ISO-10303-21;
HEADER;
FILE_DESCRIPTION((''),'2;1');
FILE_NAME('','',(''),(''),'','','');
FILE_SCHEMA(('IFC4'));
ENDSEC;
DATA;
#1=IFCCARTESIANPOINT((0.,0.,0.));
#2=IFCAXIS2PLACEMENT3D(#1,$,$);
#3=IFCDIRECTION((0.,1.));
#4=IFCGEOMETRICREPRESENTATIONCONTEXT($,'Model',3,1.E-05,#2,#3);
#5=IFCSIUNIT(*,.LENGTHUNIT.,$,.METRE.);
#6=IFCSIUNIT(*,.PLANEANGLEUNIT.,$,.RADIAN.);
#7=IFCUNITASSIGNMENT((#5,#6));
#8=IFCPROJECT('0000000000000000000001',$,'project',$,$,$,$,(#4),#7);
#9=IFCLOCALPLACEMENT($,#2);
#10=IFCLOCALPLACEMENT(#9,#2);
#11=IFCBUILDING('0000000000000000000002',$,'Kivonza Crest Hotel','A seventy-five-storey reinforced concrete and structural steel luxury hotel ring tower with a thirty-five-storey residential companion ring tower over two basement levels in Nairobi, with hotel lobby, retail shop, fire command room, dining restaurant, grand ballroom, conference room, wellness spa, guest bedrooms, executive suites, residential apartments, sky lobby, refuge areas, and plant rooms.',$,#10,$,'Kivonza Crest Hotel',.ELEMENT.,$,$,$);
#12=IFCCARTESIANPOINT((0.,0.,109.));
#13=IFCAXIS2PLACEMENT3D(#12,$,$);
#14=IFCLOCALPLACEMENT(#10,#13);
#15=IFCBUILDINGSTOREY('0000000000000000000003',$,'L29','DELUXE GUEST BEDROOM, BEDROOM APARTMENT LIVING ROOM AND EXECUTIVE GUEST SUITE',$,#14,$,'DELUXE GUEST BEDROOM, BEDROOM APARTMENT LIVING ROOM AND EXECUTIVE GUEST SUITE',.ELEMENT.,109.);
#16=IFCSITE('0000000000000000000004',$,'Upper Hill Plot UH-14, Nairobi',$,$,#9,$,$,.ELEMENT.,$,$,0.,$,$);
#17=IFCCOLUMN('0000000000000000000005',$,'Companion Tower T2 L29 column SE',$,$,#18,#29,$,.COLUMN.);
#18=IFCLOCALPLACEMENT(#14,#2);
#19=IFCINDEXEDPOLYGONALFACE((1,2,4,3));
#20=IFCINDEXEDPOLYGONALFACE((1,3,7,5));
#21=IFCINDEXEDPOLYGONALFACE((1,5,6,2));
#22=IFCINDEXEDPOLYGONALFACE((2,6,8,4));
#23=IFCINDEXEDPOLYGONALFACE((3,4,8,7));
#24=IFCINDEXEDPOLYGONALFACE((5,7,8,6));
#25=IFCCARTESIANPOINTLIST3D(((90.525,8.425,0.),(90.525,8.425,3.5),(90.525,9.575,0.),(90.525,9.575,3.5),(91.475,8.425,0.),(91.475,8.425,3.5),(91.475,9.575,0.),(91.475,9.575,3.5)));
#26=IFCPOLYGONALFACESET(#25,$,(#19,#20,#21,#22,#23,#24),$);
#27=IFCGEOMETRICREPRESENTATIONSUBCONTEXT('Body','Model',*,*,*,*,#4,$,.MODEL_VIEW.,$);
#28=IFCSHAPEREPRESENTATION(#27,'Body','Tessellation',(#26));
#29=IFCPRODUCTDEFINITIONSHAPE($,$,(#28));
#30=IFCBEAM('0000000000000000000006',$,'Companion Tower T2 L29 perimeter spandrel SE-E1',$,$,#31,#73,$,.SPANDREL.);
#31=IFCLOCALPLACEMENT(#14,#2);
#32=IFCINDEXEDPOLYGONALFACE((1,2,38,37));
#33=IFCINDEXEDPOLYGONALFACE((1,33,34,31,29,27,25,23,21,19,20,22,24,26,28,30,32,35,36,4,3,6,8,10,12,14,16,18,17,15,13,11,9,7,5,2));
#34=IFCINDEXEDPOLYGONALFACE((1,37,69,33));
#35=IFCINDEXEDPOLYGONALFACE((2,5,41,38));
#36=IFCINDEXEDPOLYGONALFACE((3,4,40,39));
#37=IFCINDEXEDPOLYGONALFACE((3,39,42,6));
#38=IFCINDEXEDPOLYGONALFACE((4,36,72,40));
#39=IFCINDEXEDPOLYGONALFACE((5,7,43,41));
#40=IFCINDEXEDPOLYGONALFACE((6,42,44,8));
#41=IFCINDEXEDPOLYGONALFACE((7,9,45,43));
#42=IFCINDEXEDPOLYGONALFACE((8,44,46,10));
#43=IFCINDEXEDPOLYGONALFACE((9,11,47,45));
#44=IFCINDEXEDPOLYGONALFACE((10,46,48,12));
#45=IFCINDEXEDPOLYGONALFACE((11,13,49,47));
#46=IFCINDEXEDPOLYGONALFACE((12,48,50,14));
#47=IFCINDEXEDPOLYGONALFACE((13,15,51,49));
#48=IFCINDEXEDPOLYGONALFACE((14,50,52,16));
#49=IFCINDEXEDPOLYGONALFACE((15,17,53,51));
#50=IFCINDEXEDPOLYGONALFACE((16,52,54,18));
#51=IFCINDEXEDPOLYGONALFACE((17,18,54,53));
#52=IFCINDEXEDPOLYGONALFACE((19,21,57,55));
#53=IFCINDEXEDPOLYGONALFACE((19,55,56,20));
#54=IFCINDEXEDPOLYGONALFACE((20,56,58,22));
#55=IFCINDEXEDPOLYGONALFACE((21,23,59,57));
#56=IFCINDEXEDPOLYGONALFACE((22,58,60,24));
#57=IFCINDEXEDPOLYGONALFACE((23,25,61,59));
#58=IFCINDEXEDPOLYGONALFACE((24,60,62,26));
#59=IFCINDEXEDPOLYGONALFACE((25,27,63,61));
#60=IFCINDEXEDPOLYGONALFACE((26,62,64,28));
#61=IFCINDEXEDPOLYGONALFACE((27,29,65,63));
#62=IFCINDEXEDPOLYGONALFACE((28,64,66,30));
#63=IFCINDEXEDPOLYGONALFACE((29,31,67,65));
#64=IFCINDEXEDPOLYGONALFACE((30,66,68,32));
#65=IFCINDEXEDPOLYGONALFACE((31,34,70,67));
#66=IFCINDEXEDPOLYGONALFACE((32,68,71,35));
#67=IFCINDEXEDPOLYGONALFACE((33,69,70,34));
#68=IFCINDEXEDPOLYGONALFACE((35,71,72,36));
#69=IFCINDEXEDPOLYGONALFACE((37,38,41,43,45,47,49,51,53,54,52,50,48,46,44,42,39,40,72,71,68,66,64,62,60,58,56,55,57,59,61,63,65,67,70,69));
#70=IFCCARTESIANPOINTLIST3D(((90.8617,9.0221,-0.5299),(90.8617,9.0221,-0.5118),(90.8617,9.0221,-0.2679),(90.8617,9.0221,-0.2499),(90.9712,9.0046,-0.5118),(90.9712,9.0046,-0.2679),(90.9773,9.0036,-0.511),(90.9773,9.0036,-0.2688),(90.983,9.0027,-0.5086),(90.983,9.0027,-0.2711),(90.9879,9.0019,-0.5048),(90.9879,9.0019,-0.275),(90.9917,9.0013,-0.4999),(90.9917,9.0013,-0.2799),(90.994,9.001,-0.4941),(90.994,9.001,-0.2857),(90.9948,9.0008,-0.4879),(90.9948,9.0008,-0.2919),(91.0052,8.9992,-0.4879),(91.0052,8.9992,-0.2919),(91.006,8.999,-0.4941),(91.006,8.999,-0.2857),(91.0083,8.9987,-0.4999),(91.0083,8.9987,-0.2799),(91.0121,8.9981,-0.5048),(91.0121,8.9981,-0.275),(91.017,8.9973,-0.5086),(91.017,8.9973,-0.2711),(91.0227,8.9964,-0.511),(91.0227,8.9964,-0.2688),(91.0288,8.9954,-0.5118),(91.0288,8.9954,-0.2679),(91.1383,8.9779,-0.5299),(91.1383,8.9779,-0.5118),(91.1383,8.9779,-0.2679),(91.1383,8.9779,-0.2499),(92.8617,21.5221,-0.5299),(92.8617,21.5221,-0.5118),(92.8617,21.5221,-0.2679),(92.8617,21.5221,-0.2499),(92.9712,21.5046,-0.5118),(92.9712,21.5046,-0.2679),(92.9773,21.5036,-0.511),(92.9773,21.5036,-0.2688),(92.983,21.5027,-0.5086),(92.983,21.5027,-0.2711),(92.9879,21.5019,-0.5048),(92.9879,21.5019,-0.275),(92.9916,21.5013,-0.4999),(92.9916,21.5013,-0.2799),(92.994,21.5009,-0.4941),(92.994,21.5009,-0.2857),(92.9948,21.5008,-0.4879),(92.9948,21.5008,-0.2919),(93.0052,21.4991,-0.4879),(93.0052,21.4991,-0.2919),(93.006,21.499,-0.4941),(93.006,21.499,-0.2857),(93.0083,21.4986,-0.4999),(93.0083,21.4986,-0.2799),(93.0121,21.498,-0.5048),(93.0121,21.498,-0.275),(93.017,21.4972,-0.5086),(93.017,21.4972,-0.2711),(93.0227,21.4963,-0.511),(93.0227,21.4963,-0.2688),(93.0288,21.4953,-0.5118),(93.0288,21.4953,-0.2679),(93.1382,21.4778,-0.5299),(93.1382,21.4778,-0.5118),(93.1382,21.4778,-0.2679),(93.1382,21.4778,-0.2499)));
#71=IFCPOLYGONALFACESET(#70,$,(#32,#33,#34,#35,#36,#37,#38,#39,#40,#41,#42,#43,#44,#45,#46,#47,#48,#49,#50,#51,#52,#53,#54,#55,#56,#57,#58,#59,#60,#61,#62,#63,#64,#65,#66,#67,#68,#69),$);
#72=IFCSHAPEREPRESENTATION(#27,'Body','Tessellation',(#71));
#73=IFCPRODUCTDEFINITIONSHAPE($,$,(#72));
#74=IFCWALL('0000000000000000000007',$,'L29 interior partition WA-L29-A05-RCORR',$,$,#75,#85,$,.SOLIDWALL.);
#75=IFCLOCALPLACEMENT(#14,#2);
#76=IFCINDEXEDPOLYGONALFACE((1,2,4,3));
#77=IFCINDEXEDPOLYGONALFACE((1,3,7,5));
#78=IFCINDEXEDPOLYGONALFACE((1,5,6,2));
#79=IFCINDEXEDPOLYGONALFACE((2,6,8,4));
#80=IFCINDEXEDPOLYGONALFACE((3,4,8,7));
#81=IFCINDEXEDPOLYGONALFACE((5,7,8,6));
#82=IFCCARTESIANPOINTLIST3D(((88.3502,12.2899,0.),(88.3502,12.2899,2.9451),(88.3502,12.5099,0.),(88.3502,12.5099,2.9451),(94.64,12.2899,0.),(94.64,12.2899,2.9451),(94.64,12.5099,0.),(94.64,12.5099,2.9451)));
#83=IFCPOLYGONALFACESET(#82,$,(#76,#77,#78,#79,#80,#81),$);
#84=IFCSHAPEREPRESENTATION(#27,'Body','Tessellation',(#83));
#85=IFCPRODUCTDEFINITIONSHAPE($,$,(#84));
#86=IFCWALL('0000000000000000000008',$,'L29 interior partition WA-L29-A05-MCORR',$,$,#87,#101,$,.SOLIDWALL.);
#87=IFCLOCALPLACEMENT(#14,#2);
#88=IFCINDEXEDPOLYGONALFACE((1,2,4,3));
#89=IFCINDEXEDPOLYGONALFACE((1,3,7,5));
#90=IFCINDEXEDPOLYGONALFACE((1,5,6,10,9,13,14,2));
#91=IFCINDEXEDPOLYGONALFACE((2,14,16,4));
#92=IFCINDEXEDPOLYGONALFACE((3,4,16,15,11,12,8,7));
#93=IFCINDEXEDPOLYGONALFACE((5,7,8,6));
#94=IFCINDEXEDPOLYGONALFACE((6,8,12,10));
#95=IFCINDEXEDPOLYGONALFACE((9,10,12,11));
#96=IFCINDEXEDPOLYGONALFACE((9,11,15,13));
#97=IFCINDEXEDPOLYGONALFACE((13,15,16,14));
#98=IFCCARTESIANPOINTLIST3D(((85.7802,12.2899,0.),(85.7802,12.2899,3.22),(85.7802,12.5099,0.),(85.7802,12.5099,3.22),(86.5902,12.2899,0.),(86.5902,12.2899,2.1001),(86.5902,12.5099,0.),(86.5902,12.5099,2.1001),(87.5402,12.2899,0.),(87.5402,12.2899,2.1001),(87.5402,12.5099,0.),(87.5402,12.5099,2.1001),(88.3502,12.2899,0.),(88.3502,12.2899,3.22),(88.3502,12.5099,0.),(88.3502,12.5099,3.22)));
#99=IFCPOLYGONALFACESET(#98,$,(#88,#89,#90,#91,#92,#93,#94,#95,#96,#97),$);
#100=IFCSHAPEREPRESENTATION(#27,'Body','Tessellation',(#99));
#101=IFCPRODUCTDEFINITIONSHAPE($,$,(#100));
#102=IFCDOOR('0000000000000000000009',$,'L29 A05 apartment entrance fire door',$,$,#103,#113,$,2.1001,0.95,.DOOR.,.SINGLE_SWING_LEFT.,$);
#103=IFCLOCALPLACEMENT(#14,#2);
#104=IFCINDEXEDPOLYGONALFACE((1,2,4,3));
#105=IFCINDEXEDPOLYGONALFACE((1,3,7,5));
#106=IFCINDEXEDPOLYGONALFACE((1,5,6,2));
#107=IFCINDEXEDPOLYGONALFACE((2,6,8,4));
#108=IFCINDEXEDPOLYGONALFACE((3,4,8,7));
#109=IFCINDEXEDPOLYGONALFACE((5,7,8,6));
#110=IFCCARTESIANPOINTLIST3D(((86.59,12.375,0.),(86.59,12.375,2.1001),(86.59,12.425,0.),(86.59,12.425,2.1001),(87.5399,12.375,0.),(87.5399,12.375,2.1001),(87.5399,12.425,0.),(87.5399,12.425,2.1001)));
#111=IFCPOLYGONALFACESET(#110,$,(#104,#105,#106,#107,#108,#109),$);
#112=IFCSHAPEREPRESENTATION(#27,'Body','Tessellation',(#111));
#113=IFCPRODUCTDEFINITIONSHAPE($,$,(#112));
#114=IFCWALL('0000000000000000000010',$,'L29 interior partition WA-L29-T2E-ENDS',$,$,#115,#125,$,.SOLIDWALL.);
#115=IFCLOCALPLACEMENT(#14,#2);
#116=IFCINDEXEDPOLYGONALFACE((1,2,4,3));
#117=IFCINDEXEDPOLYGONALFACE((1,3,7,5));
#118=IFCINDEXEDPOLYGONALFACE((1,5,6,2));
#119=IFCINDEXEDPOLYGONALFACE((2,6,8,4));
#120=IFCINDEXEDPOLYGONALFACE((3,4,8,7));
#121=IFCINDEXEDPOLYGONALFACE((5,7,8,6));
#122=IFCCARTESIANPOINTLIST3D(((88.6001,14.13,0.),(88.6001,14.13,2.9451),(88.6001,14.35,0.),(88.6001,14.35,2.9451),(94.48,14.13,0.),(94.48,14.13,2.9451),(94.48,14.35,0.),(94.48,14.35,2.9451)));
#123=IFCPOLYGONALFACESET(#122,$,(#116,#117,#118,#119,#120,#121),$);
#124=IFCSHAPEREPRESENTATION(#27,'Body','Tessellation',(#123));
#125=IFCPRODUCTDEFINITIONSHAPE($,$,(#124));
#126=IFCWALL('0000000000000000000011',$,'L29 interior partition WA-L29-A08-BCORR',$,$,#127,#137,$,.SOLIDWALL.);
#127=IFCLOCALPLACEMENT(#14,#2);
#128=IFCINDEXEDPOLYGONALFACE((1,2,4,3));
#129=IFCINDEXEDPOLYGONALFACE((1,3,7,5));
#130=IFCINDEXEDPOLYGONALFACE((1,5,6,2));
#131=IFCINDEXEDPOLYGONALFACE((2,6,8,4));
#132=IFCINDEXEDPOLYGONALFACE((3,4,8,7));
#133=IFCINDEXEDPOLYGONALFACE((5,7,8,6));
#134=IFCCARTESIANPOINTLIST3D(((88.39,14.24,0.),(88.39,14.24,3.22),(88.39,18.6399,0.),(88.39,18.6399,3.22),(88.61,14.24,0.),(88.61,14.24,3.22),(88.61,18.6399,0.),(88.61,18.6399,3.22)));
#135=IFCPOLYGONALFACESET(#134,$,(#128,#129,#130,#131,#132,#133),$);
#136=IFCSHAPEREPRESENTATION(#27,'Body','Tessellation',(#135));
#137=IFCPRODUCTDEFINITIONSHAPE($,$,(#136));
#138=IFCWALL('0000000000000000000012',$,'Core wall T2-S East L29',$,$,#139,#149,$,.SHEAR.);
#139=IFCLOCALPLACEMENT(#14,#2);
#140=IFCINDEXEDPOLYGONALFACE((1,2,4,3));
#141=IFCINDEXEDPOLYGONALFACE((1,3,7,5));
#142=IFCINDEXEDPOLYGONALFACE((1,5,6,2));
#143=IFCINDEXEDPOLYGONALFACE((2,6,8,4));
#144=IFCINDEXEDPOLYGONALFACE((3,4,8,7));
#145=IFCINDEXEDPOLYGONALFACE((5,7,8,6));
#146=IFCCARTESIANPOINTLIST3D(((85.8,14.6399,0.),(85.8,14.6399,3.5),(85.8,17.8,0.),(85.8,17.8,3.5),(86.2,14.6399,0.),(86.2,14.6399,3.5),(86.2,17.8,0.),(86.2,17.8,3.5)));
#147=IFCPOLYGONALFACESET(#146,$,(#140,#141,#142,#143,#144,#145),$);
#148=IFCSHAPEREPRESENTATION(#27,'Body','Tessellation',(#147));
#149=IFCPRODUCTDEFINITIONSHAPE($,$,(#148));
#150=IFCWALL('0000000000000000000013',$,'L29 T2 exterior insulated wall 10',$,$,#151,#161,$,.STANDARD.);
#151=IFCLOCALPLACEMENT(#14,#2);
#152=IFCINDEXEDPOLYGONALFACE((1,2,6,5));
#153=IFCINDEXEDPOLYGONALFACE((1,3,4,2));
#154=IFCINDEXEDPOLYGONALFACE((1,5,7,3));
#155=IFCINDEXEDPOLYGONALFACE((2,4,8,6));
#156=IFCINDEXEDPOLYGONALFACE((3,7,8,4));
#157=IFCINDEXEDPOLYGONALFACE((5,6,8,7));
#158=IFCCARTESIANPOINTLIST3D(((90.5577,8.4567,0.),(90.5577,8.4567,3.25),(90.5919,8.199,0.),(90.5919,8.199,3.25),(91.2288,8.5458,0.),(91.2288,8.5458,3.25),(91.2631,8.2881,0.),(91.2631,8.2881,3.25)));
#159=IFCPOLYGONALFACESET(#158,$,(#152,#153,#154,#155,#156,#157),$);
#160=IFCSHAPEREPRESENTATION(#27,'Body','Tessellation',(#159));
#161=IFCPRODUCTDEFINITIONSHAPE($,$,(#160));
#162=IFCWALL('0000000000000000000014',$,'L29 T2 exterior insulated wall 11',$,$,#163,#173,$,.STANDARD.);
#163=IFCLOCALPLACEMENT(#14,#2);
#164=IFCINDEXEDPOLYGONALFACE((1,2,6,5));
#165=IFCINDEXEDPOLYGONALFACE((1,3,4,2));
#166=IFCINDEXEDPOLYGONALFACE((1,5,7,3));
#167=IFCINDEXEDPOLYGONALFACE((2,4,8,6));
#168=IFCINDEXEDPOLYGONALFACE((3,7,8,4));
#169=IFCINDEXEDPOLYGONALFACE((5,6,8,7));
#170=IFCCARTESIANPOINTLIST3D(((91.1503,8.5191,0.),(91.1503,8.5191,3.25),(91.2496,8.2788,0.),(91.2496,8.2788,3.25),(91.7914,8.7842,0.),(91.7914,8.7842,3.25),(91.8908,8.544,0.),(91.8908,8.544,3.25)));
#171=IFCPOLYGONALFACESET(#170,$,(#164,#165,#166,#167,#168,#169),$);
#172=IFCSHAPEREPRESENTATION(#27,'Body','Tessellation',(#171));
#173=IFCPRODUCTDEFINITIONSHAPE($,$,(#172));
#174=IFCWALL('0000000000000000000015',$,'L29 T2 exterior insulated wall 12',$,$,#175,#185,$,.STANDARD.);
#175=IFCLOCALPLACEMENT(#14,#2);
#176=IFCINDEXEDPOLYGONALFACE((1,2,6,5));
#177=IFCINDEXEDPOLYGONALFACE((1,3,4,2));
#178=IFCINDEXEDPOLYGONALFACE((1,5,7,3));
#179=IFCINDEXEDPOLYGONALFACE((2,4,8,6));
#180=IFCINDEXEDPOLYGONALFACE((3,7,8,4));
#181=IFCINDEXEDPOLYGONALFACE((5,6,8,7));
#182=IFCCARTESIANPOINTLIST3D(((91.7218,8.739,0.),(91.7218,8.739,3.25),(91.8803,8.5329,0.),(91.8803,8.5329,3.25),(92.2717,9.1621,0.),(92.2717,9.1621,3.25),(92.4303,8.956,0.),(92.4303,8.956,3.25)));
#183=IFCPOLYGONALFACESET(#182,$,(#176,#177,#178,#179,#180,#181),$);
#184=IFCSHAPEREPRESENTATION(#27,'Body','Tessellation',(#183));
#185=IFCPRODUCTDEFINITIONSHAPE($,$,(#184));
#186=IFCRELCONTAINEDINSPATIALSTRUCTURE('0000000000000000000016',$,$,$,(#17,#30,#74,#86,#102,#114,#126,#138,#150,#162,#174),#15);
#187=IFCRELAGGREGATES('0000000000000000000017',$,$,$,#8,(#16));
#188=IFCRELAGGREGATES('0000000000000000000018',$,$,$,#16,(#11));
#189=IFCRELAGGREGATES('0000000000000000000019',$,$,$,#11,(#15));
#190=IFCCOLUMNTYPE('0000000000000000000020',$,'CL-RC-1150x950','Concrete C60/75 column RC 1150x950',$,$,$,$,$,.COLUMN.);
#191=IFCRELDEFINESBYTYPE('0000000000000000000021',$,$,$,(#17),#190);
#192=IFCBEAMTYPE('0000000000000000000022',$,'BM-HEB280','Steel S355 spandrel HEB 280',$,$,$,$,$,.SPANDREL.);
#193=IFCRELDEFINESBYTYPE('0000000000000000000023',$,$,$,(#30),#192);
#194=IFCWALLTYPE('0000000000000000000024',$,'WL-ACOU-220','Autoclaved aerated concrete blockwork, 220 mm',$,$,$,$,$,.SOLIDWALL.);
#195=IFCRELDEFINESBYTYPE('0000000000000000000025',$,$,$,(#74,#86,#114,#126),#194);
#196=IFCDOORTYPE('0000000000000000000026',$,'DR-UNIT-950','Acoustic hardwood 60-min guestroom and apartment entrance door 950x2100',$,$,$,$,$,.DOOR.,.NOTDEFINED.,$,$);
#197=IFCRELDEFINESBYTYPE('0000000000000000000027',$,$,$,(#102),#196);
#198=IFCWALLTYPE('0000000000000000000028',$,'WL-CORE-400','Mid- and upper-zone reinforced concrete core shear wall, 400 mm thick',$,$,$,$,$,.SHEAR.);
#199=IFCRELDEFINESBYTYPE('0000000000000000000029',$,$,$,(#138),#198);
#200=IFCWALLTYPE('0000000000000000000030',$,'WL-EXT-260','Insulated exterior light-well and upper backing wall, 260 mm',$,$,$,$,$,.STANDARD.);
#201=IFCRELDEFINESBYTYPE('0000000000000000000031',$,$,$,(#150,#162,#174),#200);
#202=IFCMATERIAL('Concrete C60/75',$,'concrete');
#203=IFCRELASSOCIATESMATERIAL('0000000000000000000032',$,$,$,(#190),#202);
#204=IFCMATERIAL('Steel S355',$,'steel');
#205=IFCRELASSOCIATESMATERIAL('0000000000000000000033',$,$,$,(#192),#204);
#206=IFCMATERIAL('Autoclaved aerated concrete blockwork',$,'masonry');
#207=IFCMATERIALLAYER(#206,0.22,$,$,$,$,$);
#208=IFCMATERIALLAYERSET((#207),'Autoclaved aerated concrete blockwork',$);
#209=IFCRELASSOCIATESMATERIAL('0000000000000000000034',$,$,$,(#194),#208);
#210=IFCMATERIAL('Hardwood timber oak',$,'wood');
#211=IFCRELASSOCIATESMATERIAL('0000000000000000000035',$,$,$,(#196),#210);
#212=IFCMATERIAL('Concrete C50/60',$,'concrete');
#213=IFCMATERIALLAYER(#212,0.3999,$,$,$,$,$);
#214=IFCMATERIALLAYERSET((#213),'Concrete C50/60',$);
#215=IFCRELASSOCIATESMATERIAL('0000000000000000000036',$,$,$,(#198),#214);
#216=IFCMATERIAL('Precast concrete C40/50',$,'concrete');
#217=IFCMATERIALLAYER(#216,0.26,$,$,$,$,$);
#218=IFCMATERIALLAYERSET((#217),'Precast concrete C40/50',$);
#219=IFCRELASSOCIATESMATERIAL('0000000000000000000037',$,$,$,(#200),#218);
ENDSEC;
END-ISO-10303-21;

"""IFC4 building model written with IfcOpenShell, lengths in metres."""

from ifc_helpers import new_model, si_unit, direction, frame, frame_2d, origin, origin_2d, place, context, subcontext, project, spatial, rectangle, i_section, extrude, material, layer, layer_set, material_profile, profile_set, type_object, element, fill, save


model = new_model("IFC4")

# Units and contexts
model_context = context("Model", 3, precision=1e-05, world=origin(), true_north=direction((0.0, 1.0)))
body_context = subcontext(model_context, "Body", "Model", "MODEL_VIEW")
ifc_project = project(units=[si_unit("LENGTHUNIT", "METRE"), si_unit("PLANEANGLEUNIT", "RADIAN")], contexts=[model_context])

# Site, building, storey
site_placement = place(None, origin())
site = spatial("IfcSite", under=ifc_project, at=site_placement, Name="Upper Hill Plot UH-14, Nairobi", CompositionType="ELEMENT", RefElevation=0.0)
building_placement = place(site_placement, origin())
building = spatial("IfcBuilding", under=site, at=building_placement, Name="Kivonza Crest Hotel", Description="A seventy-five-storey reinforced concrete and structural steel luxury hotel ring tower with a thirty-five-storey residential companion ring tower over two basement levels in Nairobi, with hotel lobby, retail shop, fire command room, dining restaurant, grand ballroom, conference room, wellness spa, guest bedrooms, executive suites, residential apartments, sky lobby, refuge areas, and plant rooms.", LongName="Kivonza Crest Hotel", CompositionType="ELEMENT")
storey_placement = place(building_placement, frame((0.0, 0.0, 109.0)))
storey = spatial("IfcBuildingStorey", under=building, at=storey_placement, Name="L29", Description="DELUXE GUEST BEDROOM, BEDROOM APARTMENT LIVING ROOM AND EXECUTIVE GUEST SUITE", LongName="DELUXE GUEST BEDROOM, BEDROOM APARTMENT LIVING ROOM AND EXECUTIVE GUEST SUITE", CompositionType="ELEMENT", Elevation=109.0)

# Column
ifc_material_1 = material(Name="Concrete C60/75", Category="concrete")
ifc_material_profile_1 = material_profile(ifc_material_1, rectangle(XDim=0.95, YDim=1.1499, at=origin_2d()), Name="RC 1150x950")
ifc_profile_set_1 = profile_set([ifc_material_profile_1], Name="Concrete C60/75")
column_type = type_object("IfcColumnType", Name="CL-RC-1150x950", Description="Concrete C60/75 column RC 1150x950", PredefinedType="COLUMN", material=ifc_profile_set_1)
column_placement = place(storey_placement, frame((91.0, 9.0, 0.0), z_axis=(0.0, 0.0, 1.0), x_axis=(1.0, 0.0, 0.0)))
element("IfcColumn", 1, at=column_placement, inside=storey, type_object=column_type, Name="Companion Tower T2 L29 column SE", PredefinedType="COLUMN", context=body_context, shape_type="SweptSolid", body=[
    extrude(rectangle(XDim=0.95, YDim=1.1499, at=origin_2d()), origin(), (0.0, 0.0, 1.0), 3.5),
])

# Beam
ifc_material_2 = material(Name="Steel S355", Category="steel")
ifc_material_profile_2 = material_profile(ifc_material_2, i_section(OverallWidth=0.28, OverallDepth=0.28, WebThickness=0.0105, FlangeThickness=0.0181, FilletRadius=0.0239, at=origin_2d()), Name="HEB 280")
ifc_profile_set_2 = profile_set([ifc_material_profile_2], Name="Steel S355")
beam_type = type_object("IfcBeamType", Name="BM-HEB280", Description="Steel S355 spandrel HEB 280", PredefinedType="SPANDREL", material=ifc_profile_set_2)
beam_placement = place(storey_placement, frame((91.0, 9.0, -0.3899), z_axis=(0.157991, 0.987441, 0.0), x_axis=(-0.987441, 0.157991, 0.0)))
element("IfcBeam", 2, at=beam_placement, inside=storey, type_object=beam_type, Name="Companion Tower T2 L29 perimeter spandrel SE-E1", PredefinedType="SPANDREL", context=body_context, shape_type="SweptSolid", body=[
    extrude(i_section(OverallWidth=0.28, OverallDepth=0.28, WebThickness=0.0105, FlangeThickness=0.0181, FilletRadius=0.0239, at=origin_2d()), origin(), (0.0, 0.0, 1.0), 12.6589),
])

# Wall
ifc_material_3 = material(Name="Autoclaved aerated concrete blockwork", Category="masonry")
ifc_layer_1 = layer(ifc_material_3, 0.22)
ifc_layer_set_1 = layer_set([ifc_layer_1], Name="Autoclaved aerated concrete blockwork")
wall_type_1 = type_object("IfcWallType", Name="WL-ACOU-220", Description="Autoclaved aerated concrete blockwork, 220 mm", PredefinedType="SOLIDWALL", material=ifc_layer_set_1)
wall_1_placement = place(storey_placement, frame((88.3501, 12.3999, 0.0), z_axis=(0.0, 0.0, 1.0), x_axis=(1.0, 0.0, 0.0)))
element("IfcWall", 3, at=wall_1_placement, inside=storey, type_object=wall_type_1, Name="L29 interior partition WA-L29-A05-RCORR", PredefinedType="SOLIDWALL", context=body_context, shape_type="SweptSolid", body=[
    extrude(rectangle(XDim=6.2898, YDim=0.22, at=frame_2d((3.145, 0.0))), origin(), (0.0, 0.0, 1.0), 2.9451),
])

# Wall, opening, door
wall_2_placement = place(storey_placement, frame((85.78, 12.3999, 0.0), z_axis=(0.0, 0.0, 1.0), x_axis=(1.0, 0.0, 0.0)))
wall_2 = element("IfcWall", 4, at=wall_2_placement, inside=storey, type_object=wall_type_1, Name="L29 interior partition WA-L29-A05-MCORR", PredefinedType="SOLIDWALL", context=body_context, shape_type="SweptSolid", body=[
    extrude(rectangle(XDim=2.5701, YDim=0.22, at=frame_2d((1.2852, 0.0))), origin(), (0.0, 0.0, 1.0), 3.22),
])
opening_1_placement = place(wall_2_placement, frame((0.8101, 0.0, 0.0)))
opening_1 = element("IfcOpeningElement", 5, at=opening_1_placement, cuts=wall_2, PredefinedType="OPENING", context=body_context, shape_type="SweptSolid", body=[
    extrude(rectangle(XDim=0.95, YDim=2.1001, at=frame_2d((0.4751, 1.05))), frame((0.0, 0.1201, 0.0), z_axis=(0.0, -1.0, 0.0), x_axis=(1.0, 0.0, 0.0)), (0.0, 0.0, 1.0), 0.24),
])
ifc_material_4 = material(Name="Hardwood timber oak", Category="wood")
door_type_1 = type_object("IfcDoorType", Name="DR-UNIT-950", Description="Acoustic hardwood 60-min guestroom and apartment entrance door 950x2100", OperationType="NOTDEFINED", PredefinedType="DOOR", material=ifc_material_4)
door_1_placement = place(opening_1_placement, frame((0.95, 0.0, 0.0), z_axis=(0.0, 0.0, 1.0), x_axis=(-1.0, 0.0, 0.0)))
door_1 = element("IfcDoor", 6, at=door_1_placement, inside=storey, type_object=door_type_1, Name="L29 A05 apartment entrance fire door", OperationType="SINGLE_SWING_LEFT", OverallHeight=2.1001, OverallWidth=0.95, PredefinedType="DOOR", context=body_context, shape_type="SweptSolid", body=[
    extrude(rectangle(XDim=0.95, YDim=2.1001, at=frame_2d((0.4751, 1.05))), frame((0.0, 0.0249, 0.0), z_axis=(0.0, -1.0, 0.0), x_axis=(1.0, 0.0, 0.0)), (0.0, 0.0, 1.0), 0.05),
])
fill(opening_1, door_1)

# Walls
wall_3_placement = place(storey_placement, frame((88.6001, 14.24, 0.0), z_axis=(0.0, 0.0, 1.0), x_axis=(1.0, 0.0, 0.0)))
element("IfcWall", 7, at=wall_3_placement, inside=storey, type_object=wall_type_1, Name="L29 interior partition WA-L29-T2E-ENDS", PredefinedType="SOLIDWALL", context=body_context, shape_type="SweptSolid", body=[
    extrude(rectangle(XDim=5.8799, YDim=0.22, at=frame_2d((2.9399, 0.0))), origin(), (0.0, 0.0, 1.0), 2.9451),
])
wall_4_placement = place(storey_placement, frame((88.5, 14.24, 0.0), z_axis=(0.0, 0.0, 1.0), x_axis=(0.0, 1.0, 0.0)))
element("IfcWall", 8, at=wall_4_placement, inside=storey, type_object=wall_type_1, Name="L29 interior partition WA-L29-A08-BCORR", PredefinedType="SOLIDWALL", context=body_context, shape_type="SweptSolid", body=[
    extrude(rectangle(XDim=4.3999, YDim=0.22, at=frame_2d((2.2, 0.0))), origin(), (0.0, 0.0, 1.0), 3.22),
])
ifc_material_5 = material(Name="Concrete C50/60", Category="concrete")
ifc_layer_2 = layer(ifc_material_5, 0.3999)
ifc_layer_set_2 = layer_set([ifc_layer_2], Name="Concrete C50/60")
wall_type_2 = type_object("IfcWallType", Name="WL-CORE-400", Description="Mid- and upper-zone reinforced concrete core shear wall, 400 mm thick", PredefinedType="SHEAR", material=ifc_layer_set_2)
wall_5_placement = place(storey_placement, frame((86.0, 14.6399, 0.0), z_axis=(0.0, 0.0, 1.0), x_axis=(0.0, 1.0, 0.0)))
element("IfcWall", 9, at=wall_5_placement, inside=storey, type_object=wall_type_2, Name="Core wall T2-S East L29", PredefinedType="SHEAR", context=body_context, shape_type="SweptSolid", body=[
    extrude(rectangle(XDim=3.1602, YDim=0.3999, at=frame_2d((1.5801, 0.0))), origin(), (0.0, 0.0, 1.0), 3.5),
])
ifc_material_6 = material(Name="Precast concrete C40/50", Category="concrete")
ifc_layer_3 = layer(ifc_material_6, 0.26)
ifc_layer_set_3 = layer_set([ifc_layer_3], Name="Precast concrete C40/50")
wall_type_3 = type_object("IfcWallType", Name="WL-EXT-260", Description="Insulated exterior light-well and upper backing wall, 260 mm", PredefinedType="STANDARD", material=ifc_layer_set_3)
wall_6_placement = place(storey_placement, frame((90.575, 8.3279, 0.0), z_axis=(0.0, 0.0, 1.0), x_axis=(0.9913, 0.13162, 0.0)))
element("IfcWall", 10, at=wall_6_placement, inside=storey, type_object=wall_type_3, Name="L29 T2 exterior insulated wall 10", PredefinedType="STANDARD", context=body_context, shape_type="SweptSolid", body=[
    extrude(rectangle(XDim=0.677, YDim=0.26, at=frame_2d((0.3384, 0.0))), origin(), (0.0, 0.0, 1.0), 3.25),
])
for number, where, z_axis, x_axis, name in (
    (11, (91.2, 8.3989, 0.0), (0.0, 0.0, 1.0), (0.924094, 0.382165, 0.0), "L29 T2 exterior insulated wall 11"),
    (12, (91.801, 8.636, 0.0), (0.0, 0.0, 1.0), (0.792637, 0.609694, 0.0), "L29 T2 exterior insulated wall 12"),
):
    element("IfcWall", number, at=place(storey_placement, frame(where, z_axis=z_axis, x_axis=x_axis)), inside=storey, type_object=wall_type_3, Name=name, PredefinedType="STANDARD", context=body_context, shape_type="SweptSolid", body=[
        extrude(rectangle(XDim=0.6938, YDim=0.26, at=frame_2d((0.3469, 0.0))), origin(), (0.0, 0.0, 1.0), 3.25),
    ])

save(model, "model.ifc")
